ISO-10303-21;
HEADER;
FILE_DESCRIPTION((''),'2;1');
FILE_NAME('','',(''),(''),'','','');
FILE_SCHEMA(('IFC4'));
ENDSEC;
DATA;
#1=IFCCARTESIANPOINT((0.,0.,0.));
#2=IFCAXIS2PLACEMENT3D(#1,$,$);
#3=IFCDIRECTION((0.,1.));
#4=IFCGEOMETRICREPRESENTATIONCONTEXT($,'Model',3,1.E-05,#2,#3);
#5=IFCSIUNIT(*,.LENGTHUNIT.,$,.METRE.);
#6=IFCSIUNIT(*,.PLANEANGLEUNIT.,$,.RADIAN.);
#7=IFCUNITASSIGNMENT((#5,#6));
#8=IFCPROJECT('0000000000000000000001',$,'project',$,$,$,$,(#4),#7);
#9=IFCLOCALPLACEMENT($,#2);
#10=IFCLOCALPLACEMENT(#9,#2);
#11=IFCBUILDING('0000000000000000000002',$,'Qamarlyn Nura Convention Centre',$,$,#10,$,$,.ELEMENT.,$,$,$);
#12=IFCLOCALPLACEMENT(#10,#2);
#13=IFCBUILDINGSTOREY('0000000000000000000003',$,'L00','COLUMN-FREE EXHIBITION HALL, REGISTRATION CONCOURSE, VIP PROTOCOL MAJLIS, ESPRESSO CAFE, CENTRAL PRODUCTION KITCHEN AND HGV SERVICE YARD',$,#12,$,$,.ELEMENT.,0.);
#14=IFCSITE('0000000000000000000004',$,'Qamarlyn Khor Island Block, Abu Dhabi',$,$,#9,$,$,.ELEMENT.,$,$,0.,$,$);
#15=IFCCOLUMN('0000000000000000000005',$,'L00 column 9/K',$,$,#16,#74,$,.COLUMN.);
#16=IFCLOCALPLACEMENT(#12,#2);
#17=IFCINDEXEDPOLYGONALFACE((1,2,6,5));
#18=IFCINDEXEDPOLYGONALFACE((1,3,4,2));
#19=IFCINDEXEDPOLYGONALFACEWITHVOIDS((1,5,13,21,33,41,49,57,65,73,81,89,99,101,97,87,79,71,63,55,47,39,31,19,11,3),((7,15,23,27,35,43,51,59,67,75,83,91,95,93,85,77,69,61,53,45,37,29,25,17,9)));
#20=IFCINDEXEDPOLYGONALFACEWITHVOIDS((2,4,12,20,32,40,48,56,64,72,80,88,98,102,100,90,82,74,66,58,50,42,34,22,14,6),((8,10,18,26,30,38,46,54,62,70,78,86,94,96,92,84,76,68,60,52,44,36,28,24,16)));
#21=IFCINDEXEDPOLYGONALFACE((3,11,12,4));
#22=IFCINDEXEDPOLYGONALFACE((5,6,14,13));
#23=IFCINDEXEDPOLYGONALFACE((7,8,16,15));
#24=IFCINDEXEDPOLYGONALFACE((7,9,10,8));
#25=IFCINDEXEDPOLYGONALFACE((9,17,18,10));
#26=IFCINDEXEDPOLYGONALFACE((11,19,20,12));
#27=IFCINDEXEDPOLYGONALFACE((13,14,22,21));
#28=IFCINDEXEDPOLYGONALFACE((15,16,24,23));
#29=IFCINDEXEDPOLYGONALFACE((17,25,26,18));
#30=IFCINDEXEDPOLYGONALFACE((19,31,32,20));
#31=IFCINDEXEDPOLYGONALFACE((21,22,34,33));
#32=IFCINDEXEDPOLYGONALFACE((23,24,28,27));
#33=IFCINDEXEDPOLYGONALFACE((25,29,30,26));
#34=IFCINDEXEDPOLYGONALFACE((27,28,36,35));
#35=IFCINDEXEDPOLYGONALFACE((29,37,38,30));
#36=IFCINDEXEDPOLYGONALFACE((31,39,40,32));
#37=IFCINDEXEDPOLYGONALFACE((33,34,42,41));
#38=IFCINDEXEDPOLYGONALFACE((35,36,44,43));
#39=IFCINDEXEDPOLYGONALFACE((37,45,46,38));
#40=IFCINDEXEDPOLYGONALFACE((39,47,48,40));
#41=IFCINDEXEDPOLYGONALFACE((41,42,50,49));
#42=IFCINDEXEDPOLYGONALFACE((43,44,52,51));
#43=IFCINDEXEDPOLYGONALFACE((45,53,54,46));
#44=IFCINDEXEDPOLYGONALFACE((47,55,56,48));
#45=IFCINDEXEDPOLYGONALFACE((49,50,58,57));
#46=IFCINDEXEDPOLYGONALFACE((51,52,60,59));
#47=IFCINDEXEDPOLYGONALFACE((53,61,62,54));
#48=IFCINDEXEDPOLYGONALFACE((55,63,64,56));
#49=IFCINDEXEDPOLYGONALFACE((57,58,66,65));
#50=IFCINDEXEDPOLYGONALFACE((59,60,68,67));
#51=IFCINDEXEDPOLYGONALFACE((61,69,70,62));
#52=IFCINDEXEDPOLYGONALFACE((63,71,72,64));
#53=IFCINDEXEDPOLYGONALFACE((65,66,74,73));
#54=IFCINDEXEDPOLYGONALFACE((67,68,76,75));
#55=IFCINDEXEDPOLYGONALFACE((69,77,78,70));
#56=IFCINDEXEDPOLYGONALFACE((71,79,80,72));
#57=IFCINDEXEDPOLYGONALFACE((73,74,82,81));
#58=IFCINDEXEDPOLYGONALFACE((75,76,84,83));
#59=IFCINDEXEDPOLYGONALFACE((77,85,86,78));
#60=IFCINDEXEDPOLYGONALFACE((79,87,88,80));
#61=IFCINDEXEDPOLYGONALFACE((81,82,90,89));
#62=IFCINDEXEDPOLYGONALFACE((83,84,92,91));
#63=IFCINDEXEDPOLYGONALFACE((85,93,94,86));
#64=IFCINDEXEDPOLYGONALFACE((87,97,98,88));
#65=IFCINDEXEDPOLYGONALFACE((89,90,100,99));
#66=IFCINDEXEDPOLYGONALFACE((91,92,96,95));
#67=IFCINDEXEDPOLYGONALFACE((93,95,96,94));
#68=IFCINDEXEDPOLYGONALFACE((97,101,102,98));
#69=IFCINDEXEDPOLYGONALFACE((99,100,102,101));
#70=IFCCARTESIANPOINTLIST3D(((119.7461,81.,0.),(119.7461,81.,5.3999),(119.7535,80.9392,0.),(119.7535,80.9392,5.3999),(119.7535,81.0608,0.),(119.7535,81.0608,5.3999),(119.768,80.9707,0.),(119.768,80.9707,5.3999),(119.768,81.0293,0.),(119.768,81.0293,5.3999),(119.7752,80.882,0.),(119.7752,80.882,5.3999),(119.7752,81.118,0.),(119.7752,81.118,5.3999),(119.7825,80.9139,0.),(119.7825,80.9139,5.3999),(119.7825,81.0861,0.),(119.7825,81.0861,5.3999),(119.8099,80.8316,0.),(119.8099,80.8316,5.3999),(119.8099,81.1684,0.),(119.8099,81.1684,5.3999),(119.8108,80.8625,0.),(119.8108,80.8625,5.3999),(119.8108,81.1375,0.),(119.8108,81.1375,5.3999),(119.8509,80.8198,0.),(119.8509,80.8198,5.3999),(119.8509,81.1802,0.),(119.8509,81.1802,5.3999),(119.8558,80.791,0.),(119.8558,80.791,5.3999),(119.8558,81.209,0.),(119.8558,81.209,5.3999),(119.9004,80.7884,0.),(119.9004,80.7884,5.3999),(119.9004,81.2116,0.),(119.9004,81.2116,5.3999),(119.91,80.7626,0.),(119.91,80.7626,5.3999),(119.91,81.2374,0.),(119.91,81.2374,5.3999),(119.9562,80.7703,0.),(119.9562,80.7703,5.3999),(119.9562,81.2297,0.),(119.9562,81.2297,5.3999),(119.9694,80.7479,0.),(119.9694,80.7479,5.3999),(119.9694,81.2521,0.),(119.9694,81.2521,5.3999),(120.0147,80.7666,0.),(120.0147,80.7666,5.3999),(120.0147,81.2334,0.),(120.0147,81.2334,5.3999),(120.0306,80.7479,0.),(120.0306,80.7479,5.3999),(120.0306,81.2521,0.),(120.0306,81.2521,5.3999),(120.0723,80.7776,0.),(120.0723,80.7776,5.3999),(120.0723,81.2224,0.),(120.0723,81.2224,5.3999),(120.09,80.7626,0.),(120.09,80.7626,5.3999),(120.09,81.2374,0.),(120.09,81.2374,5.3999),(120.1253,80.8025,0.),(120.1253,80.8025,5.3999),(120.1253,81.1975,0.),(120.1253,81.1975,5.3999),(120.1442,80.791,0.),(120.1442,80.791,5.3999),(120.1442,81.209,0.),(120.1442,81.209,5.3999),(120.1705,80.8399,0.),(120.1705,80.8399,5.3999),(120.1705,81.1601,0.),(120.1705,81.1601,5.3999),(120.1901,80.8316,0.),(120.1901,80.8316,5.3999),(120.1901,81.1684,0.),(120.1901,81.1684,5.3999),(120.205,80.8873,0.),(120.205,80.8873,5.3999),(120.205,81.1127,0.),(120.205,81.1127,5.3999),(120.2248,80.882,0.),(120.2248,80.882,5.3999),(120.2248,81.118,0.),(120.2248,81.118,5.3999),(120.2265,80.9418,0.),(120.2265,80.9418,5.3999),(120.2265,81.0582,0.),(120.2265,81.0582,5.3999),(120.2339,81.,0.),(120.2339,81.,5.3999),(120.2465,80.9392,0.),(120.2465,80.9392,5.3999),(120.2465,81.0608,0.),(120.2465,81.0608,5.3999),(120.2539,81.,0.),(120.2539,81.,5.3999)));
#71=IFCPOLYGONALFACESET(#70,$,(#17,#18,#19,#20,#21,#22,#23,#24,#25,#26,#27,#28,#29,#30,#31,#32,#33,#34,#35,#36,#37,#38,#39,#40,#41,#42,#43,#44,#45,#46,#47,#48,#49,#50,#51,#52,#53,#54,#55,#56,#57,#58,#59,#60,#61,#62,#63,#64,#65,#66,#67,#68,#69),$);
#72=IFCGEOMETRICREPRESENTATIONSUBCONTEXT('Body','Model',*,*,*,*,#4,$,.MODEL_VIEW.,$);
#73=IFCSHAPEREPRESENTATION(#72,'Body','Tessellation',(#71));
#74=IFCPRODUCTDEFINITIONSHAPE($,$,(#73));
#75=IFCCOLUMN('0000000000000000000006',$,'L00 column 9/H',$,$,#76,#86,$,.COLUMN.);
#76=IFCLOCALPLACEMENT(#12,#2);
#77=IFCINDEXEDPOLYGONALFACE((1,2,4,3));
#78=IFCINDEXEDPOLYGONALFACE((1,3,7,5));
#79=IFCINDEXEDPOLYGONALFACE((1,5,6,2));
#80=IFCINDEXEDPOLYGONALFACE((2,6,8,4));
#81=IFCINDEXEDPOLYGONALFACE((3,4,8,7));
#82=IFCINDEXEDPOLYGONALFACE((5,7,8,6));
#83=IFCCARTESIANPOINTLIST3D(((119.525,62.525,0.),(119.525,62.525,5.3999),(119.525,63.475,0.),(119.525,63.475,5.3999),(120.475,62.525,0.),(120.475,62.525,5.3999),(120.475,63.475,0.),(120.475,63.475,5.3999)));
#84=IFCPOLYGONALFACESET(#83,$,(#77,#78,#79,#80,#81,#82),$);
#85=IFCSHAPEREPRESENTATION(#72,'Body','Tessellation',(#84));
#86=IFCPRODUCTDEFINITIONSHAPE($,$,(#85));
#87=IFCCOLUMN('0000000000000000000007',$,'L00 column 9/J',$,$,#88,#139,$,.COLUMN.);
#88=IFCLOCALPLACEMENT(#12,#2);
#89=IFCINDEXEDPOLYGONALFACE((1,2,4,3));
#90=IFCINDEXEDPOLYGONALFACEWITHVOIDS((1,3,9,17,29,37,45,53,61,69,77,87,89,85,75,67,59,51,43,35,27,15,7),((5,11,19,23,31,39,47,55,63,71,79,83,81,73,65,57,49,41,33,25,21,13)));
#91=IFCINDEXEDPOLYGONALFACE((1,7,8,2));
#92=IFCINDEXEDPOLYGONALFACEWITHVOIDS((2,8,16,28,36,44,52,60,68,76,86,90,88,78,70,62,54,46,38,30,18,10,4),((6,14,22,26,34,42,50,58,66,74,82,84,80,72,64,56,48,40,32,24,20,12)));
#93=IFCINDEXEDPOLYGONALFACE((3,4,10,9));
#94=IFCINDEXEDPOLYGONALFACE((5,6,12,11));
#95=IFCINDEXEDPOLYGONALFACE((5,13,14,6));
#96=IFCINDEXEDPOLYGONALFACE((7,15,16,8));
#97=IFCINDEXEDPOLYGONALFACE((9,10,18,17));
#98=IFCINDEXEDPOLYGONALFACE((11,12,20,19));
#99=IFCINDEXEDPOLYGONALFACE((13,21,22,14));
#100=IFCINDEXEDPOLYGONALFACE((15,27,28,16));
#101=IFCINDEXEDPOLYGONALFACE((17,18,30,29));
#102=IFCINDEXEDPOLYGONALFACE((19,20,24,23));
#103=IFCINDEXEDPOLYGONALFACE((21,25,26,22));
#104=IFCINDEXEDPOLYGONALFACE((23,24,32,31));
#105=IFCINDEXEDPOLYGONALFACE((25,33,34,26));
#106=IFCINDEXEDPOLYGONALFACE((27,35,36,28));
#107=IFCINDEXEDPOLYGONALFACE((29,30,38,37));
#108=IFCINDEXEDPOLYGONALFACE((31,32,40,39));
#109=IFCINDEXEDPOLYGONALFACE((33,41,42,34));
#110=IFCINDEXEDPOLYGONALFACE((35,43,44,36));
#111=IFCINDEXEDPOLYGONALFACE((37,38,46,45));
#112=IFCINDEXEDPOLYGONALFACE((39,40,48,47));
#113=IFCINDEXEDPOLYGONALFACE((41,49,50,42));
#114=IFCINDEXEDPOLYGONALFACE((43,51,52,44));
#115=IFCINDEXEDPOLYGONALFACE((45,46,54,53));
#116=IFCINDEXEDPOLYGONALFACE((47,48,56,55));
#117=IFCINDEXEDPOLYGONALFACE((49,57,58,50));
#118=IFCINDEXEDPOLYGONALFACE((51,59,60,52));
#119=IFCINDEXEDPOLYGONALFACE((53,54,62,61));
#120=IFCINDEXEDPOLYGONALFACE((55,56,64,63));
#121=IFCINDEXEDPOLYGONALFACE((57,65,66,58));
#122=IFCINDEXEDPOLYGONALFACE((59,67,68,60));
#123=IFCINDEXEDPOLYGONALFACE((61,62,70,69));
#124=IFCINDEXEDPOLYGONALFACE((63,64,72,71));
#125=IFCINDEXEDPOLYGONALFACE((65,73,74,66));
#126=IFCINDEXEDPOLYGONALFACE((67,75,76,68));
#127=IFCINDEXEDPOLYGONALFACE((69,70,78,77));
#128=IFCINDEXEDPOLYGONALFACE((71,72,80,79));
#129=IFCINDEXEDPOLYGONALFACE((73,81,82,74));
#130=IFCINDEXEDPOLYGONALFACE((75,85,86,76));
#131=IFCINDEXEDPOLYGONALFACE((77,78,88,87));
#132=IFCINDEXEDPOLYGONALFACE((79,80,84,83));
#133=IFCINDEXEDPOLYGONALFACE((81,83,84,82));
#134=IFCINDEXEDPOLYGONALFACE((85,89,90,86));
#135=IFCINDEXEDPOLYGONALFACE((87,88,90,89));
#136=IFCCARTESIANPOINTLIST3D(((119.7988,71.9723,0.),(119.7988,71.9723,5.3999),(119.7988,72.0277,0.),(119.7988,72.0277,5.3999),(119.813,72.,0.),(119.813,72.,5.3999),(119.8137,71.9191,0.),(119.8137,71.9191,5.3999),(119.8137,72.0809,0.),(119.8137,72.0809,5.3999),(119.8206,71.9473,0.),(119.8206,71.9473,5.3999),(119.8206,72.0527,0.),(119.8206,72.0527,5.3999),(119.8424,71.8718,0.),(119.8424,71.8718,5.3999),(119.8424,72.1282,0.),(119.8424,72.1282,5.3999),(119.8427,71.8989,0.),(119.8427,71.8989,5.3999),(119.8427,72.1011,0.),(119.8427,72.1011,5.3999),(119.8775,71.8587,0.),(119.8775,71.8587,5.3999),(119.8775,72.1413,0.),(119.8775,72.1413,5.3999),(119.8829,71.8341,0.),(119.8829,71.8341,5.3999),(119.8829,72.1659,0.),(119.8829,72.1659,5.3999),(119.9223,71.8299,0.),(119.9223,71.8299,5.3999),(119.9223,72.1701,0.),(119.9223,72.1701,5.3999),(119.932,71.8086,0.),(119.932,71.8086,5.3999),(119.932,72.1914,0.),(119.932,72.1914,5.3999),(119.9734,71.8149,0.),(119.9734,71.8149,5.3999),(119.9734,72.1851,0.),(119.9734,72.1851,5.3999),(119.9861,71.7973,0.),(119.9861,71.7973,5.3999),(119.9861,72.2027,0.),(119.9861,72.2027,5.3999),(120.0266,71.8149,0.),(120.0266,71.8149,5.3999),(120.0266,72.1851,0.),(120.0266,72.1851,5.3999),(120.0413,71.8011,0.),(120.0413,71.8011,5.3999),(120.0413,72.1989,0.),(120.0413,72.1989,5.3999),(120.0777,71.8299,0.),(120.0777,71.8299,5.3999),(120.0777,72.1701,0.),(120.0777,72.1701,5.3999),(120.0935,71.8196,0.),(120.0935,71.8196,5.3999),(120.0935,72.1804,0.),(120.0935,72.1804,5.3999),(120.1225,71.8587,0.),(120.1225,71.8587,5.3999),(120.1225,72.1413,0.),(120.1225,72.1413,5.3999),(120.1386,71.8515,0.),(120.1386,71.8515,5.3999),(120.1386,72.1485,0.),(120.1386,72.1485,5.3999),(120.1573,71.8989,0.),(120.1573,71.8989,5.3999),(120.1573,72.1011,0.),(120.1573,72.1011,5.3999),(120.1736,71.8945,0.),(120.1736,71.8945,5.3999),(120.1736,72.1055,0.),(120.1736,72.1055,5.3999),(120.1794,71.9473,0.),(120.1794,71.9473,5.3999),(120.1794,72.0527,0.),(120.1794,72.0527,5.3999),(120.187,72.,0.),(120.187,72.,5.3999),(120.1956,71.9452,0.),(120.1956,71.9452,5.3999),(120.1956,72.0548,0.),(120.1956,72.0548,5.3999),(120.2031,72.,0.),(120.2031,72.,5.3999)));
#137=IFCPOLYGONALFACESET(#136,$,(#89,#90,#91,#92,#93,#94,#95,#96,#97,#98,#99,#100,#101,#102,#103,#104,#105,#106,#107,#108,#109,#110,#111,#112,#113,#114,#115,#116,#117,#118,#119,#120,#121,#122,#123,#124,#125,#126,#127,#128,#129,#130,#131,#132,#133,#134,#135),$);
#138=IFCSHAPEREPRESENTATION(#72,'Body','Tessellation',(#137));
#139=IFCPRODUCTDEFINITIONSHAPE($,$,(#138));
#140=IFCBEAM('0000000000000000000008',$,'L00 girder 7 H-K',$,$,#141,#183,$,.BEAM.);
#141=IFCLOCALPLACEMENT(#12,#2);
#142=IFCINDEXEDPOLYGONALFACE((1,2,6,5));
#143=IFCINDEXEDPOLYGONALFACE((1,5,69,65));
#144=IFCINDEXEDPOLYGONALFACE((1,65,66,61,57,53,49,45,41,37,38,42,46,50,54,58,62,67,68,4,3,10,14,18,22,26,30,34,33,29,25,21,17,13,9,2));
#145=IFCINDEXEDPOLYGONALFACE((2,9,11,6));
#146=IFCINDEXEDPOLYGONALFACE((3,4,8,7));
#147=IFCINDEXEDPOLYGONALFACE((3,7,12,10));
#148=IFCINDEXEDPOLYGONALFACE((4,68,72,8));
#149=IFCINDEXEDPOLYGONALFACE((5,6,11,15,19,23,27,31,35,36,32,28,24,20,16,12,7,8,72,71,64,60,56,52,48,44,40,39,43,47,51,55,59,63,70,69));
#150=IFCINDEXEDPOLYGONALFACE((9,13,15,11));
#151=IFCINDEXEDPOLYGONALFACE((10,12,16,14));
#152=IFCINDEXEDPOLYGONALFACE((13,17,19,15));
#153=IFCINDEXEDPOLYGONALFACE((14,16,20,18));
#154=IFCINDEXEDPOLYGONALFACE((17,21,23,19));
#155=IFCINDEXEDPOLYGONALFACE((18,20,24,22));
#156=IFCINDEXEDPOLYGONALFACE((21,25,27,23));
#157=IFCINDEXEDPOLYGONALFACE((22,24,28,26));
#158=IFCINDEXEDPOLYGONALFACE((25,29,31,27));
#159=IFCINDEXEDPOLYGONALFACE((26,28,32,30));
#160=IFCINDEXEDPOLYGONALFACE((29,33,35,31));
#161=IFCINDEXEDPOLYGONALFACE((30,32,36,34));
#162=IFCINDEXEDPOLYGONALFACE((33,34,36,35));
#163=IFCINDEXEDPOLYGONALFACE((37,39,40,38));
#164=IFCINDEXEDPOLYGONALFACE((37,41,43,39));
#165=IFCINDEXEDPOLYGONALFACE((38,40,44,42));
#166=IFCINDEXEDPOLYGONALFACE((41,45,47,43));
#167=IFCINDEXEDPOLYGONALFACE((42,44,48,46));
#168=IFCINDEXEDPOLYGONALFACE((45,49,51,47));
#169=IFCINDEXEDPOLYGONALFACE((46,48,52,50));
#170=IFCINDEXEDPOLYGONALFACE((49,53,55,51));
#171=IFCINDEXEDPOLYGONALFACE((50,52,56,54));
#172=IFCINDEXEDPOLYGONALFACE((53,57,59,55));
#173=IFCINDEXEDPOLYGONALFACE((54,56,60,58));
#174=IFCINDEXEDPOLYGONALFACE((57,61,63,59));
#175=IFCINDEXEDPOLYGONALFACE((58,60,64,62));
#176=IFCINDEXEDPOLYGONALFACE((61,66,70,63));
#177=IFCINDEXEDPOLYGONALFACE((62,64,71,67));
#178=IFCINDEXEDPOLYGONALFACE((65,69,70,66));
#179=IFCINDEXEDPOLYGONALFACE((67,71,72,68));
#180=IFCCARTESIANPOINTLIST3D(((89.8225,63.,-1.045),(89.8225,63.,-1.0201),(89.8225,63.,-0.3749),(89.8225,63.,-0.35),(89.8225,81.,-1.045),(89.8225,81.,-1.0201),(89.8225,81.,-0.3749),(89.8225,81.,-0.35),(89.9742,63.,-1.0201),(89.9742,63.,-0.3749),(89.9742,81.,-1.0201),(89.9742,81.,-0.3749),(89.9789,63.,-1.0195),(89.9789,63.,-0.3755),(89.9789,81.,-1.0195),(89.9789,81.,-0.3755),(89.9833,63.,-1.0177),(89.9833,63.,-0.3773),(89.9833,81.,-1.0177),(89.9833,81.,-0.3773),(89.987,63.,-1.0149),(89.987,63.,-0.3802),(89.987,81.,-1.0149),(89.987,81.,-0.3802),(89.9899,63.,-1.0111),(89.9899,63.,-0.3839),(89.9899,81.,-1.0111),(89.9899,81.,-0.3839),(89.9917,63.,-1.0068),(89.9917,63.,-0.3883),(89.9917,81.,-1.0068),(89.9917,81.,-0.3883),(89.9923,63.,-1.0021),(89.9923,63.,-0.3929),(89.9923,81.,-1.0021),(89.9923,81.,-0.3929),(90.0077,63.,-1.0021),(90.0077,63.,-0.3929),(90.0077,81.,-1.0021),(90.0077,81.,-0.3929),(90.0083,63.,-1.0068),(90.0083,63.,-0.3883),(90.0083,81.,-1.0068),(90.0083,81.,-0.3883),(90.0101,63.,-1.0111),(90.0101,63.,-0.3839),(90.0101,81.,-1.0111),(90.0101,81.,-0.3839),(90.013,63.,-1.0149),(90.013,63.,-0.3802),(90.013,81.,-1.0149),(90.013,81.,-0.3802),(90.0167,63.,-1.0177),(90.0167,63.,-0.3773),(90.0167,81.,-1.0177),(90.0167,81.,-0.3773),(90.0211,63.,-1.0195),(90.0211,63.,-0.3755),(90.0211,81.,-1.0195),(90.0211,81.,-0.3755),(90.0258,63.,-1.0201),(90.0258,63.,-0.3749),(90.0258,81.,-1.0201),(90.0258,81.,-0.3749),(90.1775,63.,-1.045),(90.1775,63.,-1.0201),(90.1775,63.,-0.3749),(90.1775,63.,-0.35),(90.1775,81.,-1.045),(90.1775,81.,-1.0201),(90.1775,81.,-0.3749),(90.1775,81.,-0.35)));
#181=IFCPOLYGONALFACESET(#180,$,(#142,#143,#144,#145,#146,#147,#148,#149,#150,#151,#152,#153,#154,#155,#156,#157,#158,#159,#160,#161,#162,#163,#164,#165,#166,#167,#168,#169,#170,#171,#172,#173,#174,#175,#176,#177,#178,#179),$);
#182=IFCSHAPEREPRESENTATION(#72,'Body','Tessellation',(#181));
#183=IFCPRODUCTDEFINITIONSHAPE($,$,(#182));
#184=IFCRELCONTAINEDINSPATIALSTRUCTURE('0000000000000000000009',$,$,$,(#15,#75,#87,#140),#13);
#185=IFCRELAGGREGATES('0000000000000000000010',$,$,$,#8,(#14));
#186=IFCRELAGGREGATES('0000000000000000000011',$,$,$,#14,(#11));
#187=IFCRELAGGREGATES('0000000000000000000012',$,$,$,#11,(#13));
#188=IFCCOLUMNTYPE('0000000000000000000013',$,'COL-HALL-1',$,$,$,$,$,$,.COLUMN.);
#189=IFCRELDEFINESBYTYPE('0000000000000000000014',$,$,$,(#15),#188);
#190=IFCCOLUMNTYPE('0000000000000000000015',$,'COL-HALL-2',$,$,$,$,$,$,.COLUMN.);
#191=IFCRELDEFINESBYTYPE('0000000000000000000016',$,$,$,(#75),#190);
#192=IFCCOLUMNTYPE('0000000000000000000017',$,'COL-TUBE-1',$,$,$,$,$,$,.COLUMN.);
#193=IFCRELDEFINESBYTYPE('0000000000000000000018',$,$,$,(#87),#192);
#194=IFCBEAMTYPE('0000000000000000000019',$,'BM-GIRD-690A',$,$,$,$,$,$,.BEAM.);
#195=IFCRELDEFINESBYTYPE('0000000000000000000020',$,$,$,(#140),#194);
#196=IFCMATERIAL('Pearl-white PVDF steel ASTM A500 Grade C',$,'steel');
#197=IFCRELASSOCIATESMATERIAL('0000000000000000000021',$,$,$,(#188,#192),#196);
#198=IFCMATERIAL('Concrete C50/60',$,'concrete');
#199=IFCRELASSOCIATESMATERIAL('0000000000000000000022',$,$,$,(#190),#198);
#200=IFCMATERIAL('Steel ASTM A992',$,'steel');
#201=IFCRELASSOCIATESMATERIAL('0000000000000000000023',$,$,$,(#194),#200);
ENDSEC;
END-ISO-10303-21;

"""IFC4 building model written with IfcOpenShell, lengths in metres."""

from ifc_helpers import new_model, si_unit, direction, frame, origin, origin_2d, place, context, subcontext, project, spatial, rectangle, hollow_circle, i_section, extrude, material, material_profile, profile_set, type_object, element, save


model = new_model("IFC4")

# Units and contexts
model_context = context("Model", 3, precision=1e-05, world=origin(), true_north=direction((0.0, 1.0)))
body_context = subcontext(model_context, "Body", "Model", "MODEL_VIEW")
ifc_project = project(units=[si_unit("LENGTHUNIT", "METRE"), si_unit("PLANEANGLEUNIT", "RADIAN")], contexts=[model_context])

# Site, building, storey
site_placement = place(None, origin())
site = spatial("IfcSite", under=ifc_project, at=site_placement, Name="Qamarlyn Khor Island Block, Abu Dhabi", CompositionType="ELEMENT", RefElevation=0.0)
building_placement = place(site_placement, origin())
building = spatial("IfcBuilding", under=site, at=building_placement, Name="Qamarlyn Nura Convention Centre", CompositionType="ELEMENT")
storey_placement = place(building_placement, origin())
storey = spatial("IfcBuildingStorey", under=building, at=storey_placement, Name="L00", Description="COLUMN-FREE EXHIBITION HALL, REGISTRATION CONCOURSE, VIP PROTOCOL MAJLIS, ESPRESSO CAFE, CENTRAL PRODUCTION KITCHEN AND HGV SERVICE YARD", CompositionType="ELEMENT", Elevation=0.0)

# Columns
ifc_material_1 = material(Name="Pearl-white PVDF steel ASTM A500 Grade C", Category="steel")
ifc_material_profile_1 = material_profile(ifc_material_1, hollow_circle(Radius=0.2539, WallThickness=0.02, at=origin_2d()), Name="CHS508X20")
ifc_profile_set_1 = profile_set([ifc_material_profile_1], Name="Pearl-white PVDF steel ASTM A500 Grade C")
column_type_1 = type_object("IfcColumnType", Name="COL-HALL-1", PredefinedType="COLUMN", material=ifc_profile_set_1)
column_1_placement = place(storey_placement, frame((120.0, 81.0, 0.0), z_axis=(0.0, 0.0, 1.0), x_axis=(1.0, 0.0, 0.0)))
element("IfcColumn", 1, at=column_1_placement, inside=storey, type_object=column_type_1, Name="L00 column 9/K", PredefinedType="COLUMN", context=body_context, shape_type="SweptSolid", body=[
    extrude(hollow_circle(Radius=0.2539, WallThickness=0.02, at=origin_2d()), origin(), (0.0, 0.0, 1.0), 5.3999),
])
ifc_material_2 = material(Name="Concrete C50/60", Category="concrete")
ifc_material_profile_2 = material_profile(ifc_material_2, rectangle(XDim=0.95, YDim=0.95, at=origin_2d()), Name="RC 950x950")
ifc_profile_set_2 = profile_set([ifc_material_profile_2], Name="Concrete C50/60")
column_type_2 = type_object("IfcColumnType", Name="COL-HALL-2", PredefinedType="COLUMN", material=ifc_profile_set_2)
column_2_placement = place(storey_placement, frame((120.0, 63.0, 0.0), z_axis=(0.0, 0.0, 1.0), x_axis=(1.0, 0.0, 0.0)))
element("IfcColumn", 2, at=column_2_placement, inside=storey, type_object=column_type_2, Name="L00 column 9/H", PredefinedType="COLUMN", context=body_context, shape_type="SweptSolid", body=[
    extrude(rectangle(XDim=0.95, YDim=0.95, at=origin_2d()), origin(), (0.0, 0.0, 1.0), 5.3999),
])
ifc_material_profile_3 = material_profile(ifc_material_1, hollow_circle(Radius=0.2031, WallThickness=0.0161, at=origin_2d()), Name="CHS406.4X16")
ifc_profile_set_3 = profile_set([ifc_material_profile_3], Name="Pearl-white PVDF steel ASTM A500 Grade C")
column_type_3 = type_object("IfcColumnType", Name="COL-TUBE-1", PredefinedType="COLUMN", material=ifc_profile_set_3)
column_3_placement = place(storey_placement, frame((120.0, 72.0, 0.0), z_axis=(0.0, 0.0, 1.0), x_axis=(1.0, 0.0, 0.0)))
element("IfcColumn", 3, at=column_3_placement, inside=storey, type_object=column_type_3, Name="L00 column 9/J", PredefinedType="COLUMN", context=body_context, shape_type="SweptSolid", body=[
    extrude(hollow_circle(Radius=0.2031, WallThickness=0.0161, at=origin_2d()), origin(), (0.0, 0.0, 1.0), 5.3999),
])

# Beam
ifc_material_3 = material(Name="Steel ASTM A992", Category="steel")
ifc_material_profile_4 = material_profile(ifc_material_3, i_section(OverallWidth=0.355, OverallDepth=0.6951, WebThickness=0.0154, FlangeThickness=0.0249, FilletRadius=0.0181, at=origin_2d()), Name="W690X217")
ifc_profile_set_4 = profile_set([ifc_material_profile_4], Name="Steel ASTM A992")
beam_type_1 = type_object("IfcBeamType", Name="BM-GIRD-690A", PredefinedType="BEAM", material=ifc_profile_set_4)
beam_1_placement = place(storey_placement, frame((90.0, 63.0, -0.6975), z_axis=(0.0, 1.0, 0.0), x_axis=(-1.0, 0.0, 0.0)))
element("IfcBeam", 4, at=beam_1_placement, inside=storey, type_object=beam_type_1, Name="L00 girder 7 H-K", PredefinedType="BEAM", context=body_context, shape_type="SweptSolid", body=[
    extrude(i_section(OverallWidth=0.355, OverallDepth=0.6951, WebThickness=0.0154, FlangeThickness=0.0249, FilletRadius=0.0181, at=origin_2d()), origin(), (0.0, 0.0, 1.0), 18.0),
])

save(model, "model.ifc")
